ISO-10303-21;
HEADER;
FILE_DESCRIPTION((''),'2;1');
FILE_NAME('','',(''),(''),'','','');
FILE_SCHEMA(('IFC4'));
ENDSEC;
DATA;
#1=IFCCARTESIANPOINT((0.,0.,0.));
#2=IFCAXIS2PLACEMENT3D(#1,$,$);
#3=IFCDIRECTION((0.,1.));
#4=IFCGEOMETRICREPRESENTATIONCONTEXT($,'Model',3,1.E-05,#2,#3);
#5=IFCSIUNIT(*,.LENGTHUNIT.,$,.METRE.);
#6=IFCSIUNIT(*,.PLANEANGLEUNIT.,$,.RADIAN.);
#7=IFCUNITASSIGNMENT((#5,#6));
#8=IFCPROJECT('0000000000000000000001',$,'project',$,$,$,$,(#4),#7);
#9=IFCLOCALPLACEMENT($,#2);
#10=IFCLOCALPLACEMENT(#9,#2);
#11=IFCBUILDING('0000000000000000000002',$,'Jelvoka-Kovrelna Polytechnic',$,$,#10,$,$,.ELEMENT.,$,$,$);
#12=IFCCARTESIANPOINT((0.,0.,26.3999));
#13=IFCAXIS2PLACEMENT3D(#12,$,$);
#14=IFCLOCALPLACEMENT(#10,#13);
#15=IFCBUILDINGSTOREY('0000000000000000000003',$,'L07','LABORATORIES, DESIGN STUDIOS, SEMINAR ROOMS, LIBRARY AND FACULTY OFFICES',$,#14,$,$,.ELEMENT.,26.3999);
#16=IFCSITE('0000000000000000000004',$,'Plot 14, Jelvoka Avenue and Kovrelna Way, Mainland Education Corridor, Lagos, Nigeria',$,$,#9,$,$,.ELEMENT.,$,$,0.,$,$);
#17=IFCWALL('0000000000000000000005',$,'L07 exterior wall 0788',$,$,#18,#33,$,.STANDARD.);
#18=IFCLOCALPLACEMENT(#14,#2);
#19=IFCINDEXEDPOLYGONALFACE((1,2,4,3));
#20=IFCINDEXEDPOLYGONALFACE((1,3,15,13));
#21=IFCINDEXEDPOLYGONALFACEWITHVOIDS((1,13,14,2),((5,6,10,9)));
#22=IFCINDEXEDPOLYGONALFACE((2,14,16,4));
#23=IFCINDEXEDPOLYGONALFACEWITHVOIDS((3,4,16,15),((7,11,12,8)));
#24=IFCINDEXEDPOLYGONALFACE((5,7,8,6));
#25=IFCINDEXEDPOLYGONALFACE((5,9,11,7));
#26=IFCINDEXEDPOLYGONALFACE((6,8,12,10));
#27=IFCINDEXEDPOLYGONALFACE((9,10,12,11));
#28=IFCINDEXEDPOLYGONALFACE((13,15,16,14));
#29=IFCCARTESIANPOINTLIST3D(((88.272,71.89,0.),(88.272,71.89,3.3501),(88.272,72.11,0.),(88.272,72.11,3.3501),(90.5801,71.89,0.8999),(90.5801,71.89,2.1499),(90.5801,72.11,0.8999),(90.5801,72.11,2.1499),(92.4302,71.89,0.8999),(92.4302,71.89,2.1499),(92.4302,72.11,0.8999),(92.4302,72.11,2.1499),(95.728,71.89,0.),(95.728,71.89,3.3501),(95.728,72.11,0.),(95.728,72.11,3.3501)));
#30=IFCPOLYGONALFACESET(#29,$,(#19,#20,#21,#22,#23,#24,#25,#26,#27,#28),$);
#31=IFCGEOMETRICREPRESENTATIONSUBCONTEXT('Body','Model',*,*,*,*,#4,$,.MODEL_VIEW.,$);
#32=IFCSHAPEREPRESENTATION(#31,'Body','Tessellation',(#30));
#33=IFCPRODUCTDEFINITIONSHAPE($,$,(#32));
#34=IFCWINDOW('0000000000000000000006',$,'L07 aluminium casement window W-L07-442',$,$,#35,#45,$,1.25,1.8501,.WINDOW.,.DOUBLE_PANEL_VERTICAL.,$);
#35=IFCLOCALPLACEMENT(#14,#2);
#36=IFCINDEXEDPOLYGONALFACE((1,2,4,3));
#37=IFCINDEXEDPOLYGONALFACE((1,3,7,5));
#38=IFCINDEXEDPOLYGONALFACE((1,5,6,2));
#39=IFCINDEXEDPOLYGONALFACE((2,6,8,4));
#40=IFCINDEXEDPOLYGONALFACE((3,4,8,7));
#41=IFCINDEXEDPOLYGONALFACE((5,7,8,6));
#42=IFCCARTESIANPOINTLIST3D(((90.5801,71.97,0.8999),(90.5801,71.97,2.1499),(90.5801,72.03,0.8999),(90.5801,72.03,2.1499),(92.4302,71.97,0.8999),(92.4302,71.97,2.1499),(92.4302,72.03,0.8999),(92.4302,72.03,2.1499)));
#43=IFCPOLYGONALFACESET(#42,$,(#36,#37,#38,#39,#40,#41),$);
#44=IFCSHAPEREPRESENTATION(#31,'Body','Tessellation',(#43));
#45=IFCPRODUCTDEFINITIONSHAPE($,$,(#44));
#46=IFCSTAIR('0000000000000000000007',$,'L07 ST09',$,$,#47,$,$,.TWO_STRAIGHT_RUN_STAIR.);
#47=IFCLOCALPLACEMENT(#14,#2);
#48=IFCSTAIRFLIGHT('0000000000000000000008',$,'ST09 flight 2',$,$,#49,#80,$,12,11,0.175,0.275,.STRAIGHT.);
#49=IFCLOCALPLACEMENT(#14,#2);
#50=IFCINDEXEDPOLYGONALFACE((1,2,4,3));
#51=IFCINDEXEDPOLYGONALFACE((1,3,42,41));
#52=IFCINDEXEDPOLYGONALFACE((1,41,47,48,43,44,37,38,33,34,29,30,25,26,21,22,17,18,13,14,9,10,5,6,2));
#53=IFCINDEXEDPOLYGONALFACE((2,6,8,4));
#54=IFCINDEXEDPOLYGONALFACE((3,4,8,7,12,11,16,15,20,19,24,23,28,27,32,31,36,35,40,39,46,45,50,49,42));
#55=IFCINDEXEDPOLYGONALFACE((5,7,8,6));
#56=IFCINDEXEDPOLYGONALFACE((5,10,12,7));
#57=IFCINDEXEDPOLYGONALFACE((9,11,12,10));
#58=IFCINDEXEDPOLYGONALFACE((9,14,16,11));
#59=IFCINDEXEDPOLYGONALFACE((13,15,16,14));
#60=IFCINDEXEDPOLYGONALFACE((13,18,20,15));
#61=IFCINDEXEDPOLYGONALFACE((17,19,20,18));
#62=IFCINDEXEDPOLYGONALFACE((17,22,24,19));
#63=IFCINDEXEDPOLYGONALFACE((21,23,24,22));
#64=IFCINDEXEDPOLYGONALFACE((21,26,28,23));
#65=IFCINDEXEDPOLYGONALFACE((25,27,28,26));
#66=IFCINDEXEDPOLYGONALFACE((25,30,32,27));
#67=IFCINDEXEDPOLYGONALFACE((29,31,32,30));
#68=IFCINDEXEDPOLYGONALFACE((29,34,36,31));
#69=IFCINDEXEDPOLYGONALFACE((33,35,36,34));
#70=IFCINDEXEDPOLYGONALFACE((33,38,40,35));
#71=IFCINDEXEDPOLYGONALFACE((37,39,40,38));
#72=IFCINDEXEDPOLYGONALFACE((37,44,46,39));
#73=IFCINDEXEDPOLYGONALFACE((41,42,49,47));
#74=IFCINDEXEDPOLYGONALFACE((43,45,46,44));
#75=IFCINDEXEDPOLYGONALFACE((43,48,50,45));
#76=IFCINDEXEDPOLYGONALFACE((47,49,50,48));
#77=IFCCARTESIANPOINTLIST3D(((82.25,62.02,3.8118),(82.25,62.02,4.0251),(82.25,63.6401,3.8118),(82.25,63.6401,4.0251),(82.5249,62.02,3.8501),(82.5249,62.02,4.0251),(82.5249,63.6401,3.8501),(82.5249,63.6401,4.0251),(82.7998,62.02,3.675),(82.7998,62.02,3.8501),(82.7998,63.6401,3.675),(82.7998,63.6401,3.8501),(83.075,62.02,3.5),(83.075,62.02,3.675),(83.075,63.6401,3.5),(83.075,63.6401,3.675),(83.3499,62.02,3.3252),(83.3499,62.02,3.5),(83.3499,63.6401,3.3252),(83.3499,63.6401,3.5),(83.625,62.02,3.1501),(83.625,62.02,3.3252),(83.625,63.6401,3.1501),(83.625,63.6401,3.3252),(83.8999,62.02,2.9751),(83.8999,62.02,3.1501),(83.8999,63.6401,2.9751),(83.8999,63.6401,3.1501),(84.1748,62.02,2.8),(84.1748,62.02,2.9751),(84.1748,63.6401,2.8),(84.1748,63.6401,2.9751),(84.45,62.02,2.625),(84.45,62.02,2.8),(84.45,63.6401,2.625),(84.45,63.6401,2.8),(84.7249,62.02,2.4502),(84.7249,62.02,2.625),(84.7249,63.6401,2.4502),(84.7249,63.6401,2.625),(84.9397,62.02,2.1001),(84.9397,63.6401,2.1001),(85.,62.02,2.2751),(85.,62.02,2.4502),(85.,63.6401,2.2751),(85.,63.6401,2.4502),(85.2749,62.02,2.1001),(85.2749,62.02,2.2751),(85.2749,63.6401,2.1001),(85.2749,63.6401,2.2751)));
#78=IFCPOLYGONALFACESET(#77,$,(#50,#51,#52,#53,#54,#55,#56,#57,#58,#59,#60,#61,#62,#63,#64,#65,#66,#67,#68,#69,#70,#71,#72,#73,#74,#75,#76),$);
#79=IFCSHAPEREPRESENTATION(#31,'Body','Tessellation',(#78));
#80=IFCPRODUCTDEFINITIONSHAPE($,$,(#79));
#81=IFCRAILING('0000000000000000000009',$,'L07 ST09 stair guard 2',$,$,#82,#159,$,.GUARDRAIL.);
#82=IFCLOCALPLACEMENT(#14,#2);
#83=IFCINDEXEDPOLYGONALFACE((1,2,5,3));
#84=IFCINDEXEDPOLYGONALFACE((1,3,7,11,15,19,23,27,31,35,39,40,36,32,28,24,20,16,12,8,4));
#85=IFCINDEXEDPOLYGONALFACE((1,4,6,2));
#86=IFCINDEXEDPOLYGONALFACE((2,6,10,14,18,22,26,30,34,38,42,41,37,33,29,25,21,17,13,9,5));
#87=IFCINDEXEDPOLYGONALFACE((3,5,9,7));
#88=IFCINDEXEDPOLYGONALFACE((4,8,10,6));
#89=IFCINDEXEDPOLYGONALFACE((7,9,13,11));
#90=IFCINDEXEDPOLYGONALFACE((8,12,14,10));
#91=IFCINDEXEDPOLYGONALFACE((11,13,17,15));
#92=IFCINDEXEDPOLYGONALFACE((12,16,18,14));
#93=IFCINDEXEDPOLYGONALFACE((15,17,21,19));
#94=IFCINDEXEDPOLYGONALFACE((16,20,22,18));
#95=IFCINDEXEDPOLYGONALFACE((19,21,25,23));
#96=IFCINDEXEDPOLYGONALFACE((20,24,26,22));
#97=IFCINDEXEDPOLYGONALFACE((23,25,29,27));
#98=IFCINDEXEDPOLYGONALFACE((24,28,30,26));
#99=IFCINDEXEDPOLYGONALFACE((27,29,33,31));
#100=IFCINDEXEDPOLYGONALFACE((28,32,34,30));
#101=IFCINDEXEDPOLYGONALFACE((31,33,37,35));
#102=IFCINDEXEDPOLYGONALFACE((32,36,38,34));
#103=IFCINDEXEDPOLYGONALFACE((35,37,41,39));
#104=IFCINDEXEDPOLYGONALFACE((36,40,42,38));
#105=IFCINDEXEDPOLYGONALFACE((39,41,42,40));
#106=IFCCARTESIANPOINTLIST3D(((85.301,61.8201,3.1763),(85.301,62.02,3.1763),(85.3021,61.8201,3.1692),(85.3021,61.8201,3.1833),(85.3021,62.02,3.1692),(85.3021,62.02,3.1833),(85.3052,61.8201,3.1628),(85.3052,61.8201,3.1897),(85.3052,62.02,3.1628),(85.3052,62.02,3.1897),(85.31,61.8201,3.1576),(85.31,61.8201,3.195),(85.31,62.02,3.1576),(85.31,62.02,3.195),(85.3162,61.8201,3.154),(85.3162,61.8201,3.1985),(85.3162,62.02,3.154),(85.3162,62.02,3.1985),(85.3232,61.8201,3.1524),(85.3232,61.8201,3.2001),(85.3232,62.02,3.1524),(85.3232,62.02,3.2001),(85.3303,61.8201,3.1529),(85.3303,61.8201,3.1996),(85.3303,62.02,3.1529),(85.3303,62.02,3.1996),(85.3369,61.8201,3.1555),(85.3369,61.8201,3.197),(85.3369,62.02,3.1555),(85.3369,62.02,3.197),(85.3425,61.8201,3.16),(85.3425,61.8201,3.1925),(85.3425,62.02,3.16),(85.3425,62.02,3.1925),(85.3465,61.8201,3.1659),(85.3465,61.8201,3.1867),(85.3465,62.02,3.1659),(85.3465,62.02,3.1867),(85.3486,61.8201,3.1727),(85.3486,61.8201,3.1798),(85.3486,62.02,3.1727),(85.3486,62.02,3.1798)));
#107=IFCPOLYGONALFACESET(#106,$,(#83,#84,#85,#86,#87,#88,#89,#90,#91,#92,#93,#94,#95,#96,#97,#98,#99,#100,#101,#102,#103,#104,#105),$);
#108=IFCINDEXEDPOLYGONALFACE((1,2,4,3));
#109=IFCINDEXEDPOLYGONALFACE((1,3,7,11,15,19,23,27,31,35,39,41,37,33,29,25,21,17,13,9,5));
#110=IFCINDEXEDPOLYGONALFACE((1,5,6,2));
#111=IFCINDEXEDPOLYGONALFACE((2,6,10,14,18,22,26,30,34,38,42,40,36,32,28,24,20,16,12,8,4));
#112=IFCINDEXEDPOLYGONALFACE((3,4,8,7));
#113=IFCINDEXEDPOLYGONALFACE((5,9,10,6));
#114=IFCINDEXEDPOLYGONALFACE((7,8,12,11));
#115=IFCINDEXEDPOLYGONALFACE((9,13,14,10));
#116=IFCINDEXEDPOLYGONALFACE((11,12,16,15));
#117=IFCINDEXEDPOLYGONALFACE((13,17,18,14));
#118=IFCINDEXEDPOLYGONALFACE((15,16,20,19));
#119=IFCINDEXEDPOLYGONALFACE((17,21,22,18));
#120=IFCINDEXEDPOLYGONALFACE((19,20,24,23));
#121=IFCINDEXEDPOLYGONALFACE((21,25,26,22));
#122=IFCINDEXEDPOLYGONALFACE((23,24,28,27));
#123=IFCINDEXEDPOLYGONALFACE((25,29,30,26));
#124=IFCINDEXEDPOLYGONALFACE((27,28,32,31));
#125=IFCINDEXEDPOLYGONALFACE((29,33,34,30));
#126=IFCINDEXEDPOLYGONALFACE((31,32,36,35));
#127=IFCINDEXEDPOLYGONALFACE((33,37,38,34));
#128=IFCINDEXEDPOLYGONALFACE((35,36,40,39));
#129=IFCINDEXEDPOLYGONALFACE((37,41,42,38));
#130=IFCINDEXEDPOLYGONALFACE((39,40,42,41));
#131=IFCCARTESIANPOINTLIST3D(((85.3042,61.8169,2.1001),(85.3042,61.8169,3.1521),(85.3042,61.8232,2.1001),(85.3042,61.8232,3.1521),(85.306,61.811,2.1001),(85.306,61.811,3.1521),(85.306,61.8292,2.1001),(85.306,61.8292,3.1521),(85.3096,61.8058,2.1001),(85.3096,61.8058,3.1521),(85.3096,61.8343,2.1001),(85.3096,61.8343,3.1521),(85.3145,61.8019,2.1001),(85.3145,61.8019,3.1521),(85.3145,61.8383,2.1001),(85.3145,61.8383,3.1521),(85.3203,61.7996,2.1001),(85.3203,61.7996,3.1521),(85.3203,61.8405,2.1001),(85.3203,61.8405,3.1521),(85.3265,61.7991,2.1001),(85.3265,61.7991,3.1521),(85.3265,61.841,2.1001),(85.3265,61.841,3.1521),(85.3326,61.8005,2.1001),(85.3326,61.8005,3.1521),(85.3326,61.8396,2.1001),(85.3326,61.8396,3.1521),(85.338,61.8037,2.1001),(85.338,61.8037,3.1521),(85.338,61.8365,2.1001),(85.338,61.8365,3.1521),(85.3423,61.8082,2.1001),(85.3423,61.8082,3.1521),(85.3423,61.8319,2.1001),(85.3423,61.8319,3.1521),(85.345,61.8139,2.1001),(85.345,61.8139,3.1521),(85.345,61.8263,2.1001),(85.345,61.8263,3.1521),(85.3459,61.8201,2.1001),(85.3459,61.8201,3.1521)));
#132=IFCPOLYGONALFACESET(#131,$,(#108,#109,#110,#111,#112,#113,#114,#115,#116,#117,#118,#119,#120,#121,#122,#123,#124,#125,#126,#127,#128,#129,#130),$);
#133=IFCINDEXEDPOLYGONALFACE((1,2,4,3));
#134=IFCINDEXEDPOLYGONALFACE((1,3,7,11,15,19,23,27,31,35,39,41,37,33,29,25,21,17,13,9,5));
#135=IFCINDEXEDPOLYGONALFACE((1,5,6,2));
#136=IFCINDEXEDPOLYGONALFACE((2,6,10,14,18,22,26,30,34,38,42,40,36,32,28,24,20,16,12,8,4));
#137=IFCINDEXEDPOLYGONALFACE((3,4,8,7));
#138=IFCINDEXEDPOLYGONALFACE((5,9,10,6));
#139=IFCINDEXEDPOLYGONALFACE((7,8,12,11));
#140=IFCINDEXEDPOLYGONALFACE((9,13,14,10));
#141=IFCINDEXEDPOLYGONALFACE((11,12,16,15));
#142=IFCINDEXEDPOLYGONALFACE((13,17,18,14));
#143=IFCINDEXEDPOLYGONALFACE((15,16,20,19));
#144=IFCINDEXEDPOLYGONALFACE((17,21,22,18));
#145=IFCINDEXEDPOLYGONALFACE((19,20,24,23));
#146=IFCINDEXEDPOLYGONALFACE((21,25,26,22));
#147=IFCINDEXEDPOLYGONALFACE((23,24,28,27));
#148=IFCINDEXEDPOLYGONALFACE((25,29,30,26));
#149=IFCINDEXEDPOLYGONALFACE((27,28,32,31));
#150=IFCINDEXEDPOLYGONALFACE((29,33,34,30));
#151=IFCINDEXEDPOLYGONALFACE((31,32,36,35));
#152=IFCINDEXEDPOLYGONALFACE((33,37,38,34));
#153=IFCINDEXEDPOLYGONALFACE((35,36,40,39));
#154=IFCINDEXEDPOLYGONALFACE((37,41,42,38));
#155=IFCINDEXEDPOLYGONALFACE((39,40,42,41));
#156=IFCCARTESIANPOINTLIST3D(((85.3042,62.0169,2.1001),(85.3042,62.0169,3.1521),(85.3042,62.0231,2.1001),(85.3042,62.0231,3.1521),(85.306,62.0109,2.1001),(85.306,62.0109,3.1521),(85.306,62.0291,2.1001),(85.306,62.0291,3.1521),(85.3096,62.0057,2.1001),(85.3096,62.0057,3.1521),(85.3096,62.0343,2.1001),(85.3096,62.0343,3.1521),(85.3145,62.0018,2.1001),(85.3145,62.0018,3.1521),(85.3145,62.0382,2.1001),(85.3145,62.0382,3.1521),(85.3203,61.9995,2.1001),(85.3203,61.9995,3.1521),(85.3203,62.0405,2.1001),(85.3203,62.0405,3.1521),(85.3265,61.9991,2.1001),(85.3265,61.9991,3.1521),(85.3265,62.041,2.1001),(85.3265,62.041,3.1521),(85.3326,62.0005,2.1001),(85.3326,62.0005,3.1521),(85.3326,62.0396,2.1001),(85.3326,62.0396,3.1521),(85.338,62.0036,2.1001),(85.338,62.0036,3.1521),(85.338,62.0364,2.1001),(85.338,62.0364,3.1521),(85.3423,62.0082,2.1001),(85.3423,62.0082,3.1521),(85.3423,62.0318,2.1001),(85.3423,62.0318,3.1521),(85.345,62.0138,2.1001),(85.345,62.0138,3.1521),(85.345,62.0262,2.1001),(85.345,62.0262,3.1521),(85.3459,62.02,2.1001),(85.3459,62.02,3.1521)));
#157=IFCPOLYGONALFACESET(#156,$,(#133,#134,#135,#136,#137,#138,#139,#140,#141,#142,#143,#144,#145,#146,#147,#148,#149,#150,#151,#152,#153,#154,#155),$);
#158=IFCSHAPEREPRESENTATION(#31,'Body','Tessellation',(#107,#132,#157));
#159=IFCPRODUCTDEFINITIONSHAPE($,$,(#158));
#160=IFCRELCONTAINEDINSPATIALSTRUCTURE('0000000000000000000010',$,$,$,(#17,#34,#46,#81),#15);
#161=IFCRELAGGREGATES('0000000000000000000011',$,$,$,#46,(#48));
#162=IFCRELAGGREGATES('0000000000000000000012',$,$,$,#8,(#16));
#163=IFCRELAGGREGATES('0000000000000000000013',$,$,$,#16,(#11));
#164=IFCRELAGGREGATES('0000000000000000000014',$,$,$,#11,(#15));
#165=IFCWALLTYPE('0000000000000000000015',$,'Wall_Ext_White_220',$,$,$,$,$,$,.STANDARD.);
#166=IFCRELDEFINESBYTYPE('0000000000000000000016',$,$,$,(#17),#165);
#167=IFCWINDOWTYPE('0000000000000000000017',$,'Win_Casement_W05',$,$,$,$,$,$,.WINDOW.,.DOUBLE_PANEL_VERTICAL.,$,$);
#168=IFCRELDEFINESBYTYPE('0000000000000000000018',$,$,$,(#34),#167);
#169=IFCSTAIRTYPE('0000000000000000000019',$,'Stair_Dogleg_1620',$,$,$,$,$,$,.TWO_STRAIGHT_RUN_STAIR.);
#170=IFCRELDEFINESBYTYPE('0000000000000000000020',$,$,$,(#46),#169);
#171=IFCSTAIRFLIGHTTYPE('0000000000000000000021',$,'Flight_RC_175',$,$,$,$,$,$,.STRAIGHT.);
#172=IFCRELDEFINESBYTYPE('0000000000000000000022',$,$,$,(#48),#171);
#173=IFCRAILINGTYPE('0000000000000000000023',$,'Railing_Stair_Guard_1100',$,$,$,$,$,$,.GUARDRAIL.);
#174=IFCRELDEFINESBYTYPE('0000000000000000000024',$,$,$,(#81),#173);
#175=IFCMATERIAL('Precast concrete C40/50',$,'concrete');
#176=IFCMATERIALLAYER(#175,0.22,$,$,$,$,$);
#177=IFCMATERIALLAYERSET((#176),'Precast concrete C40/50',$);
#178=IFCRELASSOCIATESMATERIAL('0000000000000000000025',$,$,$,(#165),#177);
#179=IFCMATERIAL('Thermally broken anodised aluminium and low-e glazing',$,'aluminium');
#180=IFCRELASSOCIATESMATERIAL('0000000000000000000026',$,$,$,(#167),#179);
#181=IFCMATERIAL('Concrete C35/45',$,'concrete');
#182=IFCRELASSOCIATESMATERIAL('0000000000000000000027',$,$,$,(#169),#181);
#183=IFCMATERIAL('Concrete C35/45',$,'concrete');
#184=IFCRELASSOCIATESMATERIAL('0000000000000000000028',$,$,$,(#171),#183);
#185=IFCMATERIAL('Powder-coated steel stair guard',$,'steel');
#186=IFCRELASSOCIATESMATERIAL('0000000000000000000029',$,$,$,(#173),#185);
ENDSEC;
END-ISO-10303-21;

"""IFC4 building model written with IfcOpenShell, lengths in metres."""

from ifc_helpers import new_model, si_unit, direction, frame, frame_2d, origin, origin_2d, place, context, subcontext, project, spatial, polyline, rectangle, circle, outline, extrude, material, layer, layer_set, type_object, element, fill, aggregate, save


model = new_model("IFC4")

# Units and contexts
model_context = context("Model", 3, precision=1e-05, world=origin(), true_north=direction((0.0, 1.0)))
body_context = subcontext(model_context, "Body", "Model", "MODEL_VIEW")
ifc_project = project(units=[si_unit("LENGTHUNIT", "METRE"), si_unit("PLANEANGLEUNIT", "RADIAN")], contexts=[model_context])

# Site, building, storey
site_placement = place(None, origin())
site = spatial("IfcSite", under=ifc_project, at=site_placement, Name="Plot 14, Jelvoka Avenue and Kovrelna Way, Mainland Education Corridor, Lagos, Nigeria", CompositionType="ELEMENT", RefElevation=0.0)
building_placement = place(site_placement, origin())
building = spatial("IfcBuilding", under=site, at=building_placement, Name="Jelvoka-Kovrelna Polytechnic", CompositionType="ELEMENT")
storey_placement = place(building_placement, frame((0.0, 0.0, 26.3999)))
storey = spatial("IfcBuildingStorey", under=building, at=storey_placement, Name="L07", Description="LABORATORIES, DESIGN STUDIOS, SEMINAR ROOMS, LIBRARY AND FACULTY OFFICES", CompositionType="ELEMENT", Elevation=26.3999)

# Wall, opening, window
ifc_material_1 = material(Name="Precast concrete C40/50", Category="concrete")
ifc_layer_1 = layer(ifc_material_1, 0.22)
ifc_layer_set_1 = layer_set([ifc_layer_1], Name="Precast concrete C40/50")
wall_type_1 = type_object("IfcWallType", Name="Wall_Ext_White_220", PredefinedType="STANDARD", material=ifc_layer_set_1)
wall_1_placement = place(storey_placement, frame((88.272, 72.0, 0.0), z_axis=(0.0, 0.0, 1.0), x_axis=(1.0, 0.0, 0.0)))
wall_1 = element("IfcWall", 1, at=wall_1_placement, inside=storey, type_object=wall_type_1, Name="L07 exterior wall 0788", PredefinedType="STANDARD", context=body_context, shape_type="SweptSolid", body=[
    extrude(rectangle(XDim=7.4561, YDim=0.22, at=frame_2d((3.728, 0.0))), origin(), (0.0, 0.0, 1.0), 3.3501),
])
opening_1_placement = place(wall_1_placement, frame((2.3081, 0.0, 0.8999)))
opening_1 = element("IfcOpeningElement", 2, at=opening_1_placement, cuts=wall_1, PredefinedType="OPENING", context=body_context, shape_type="SweptSolid", body=[
    extrude(rectangle(XDim=1.8501, YDim=1.25, at=frame_2d((0.925, 0.625))), frame((0.0, 0.1199, 0.0), z_axis=(0.0, -1.0, 0.0), x_axis=(1.0, 0.0, 0.0)), (0.0, 0.0, 1.0), 0.24),
])
ifc_material_2 = material(Name="Thermally broken anodised aluminium and low-e glazing", Category="aluminium")
window_type = type_object("IfcWindowType", Name="Win_Casement_W05", PartitioningType="DOUBLE_PANEL_VERTICAL", PredefinedType="WINDOW", material=ifc_material_2)
window_placement = place(opening_1_placement, origin())
window = element("IfcWindow", 3, at=window_placement, inside=storey, type_object=window_type, Name="L07 aluminium casement window W-L07-442", OverallHeight=1.25, OverallWidth=1.8501, PartitioningType="DOUBLE_PANEL_VERTICAL", PredefinedType="WINDOW", context=body_context, shape_type="SweptSolid", body=[
    extrude(rectangle(XDim=1.8501, YDim=1.25, at=frame_2d((0.925, 0.625))), frame((0.0, 0.03, 0.0), z_axis=(0.0, -1.0, 0.0), x_axis=(1.0, 0.0, 0.0)), (0.0, 0.0, 1.0), 0.0601),
])
fill(opening_1, window)

# Stair, stair flight
ifc_material_3 = material(Name="Concrete C35/45", Category="concrete")
stair_type = type_object("IfcStairType", Name="Stair_Dogleg_1620", PredefinedType="TWO_STRAIGHT_RUN_STAIR", material=ifc_material_3)
stair_placement = place(storey_placement, origin())
stair = element("IfcStair", 4, at=stair_placement, inside=storey, type_object=stair_type, Name="L07 ST09", PredefinedType="TWO_STRAIGHT_RUN_STAIR")
ifc_material_4 = material(Name="Concrete C35/45", Category="concrete")
stair_flight_type = type_object("IfcStairFlightType", Name="Flight_RC_175", PredefinedType="STRAIGHT", material=ifc_material_4)
stair_flight_placement = place(storey_placement, frame((85.2749, 62.8301, 2.1001), z_axis=(0.0, 0.0, 1.0), x_axis=(-1.0, 0.0, 0.0)))
stair_flight = element("IfcStairFlight", 5, at=stair_flight_placement, type_object=stair_flight_type, Name="ST09 flight 2", NumberOfRisers=12, NumberOfTreads=11, PredefinedType="STRAIGHT", RiserHeight=0.175, TreadLength=0.275, context=body_context, shape_type="SweptSolid", body=[
    extrude(outline(polyline([(0.0, 0.0), (0.0, 0.175), (0.2749, 0.175), (0.2749, 0.3501), (0.55, 0.3501), (0.55, 0.5249), (0.825, 0.5249), (0.825, 0.7), (1.1001, 0.7), (1.1001, 0.875), (1.375, 0.875), (1.375, 1.05), (1.6499, 1.05), (1.6499, 1.2251), (1.925, 1.2251), (1.925, 1.3999), (2.2, 1.3999), (2.2, 1.575), (2.4751, 1.575), (2.4751, 1.75), (2.75, 1.75), (2.75, 1.925), (3.0249, 1.925), (3.0249, 2.1001), (3.0249, 1.7117), (0.3352, 0.0), (0.0, 0.0)])), frame((0.0, 0.8101, 0.0), z_axis=(0.0, -1.0, 0.0), x_axis=(1.0, 0.0, 0.0)), (0.0, 0.0, 1.0), 1.6201),
])
aggregate(stair, [stair_flight])

# Railing
ifc_material_5 = material(Name="Powder-coated steel stair guard", Category="steel")
railing_type_1 = type_object("IfcRailingType", Name="Railing_Stair_Guard_1100", PredefinedType="GUARDRAIL", material=ifc_material_5)
railing_1_placement = place(storey_placement, frame((85.325, 61.8201, 2.1001)))
element("IfcRailing", 6, at=railing_1_placement, inside=storey, type_object=railing_type_1, Name="L07 ST09 stair guard 2", PredefinedType="GUARDRAIL", context=body_context, shape_type="SweptSolid", body=[
    extrude(circle(Radius=0.0239, at=origin_2d()), frame((0.0, 0.0, 1.0762), z_axis=(0.0, 1.0, 0.0), x_axis=(-1.0, 0.0, 0.0)), (0.0, 0.0, 1.0), 0.2),
    extrude(circle(Radius=0.021, at=origin_2d()), origin(), (0.0, 0.0, 1.0), 1.052),
    extrude(circle(Radius=0.021, at=origin_2d()), frame((0.0, 0.2, 0.0)), (0.0, 0.0, 1.0), 1.052),
])

save(model, "model.ifc")
